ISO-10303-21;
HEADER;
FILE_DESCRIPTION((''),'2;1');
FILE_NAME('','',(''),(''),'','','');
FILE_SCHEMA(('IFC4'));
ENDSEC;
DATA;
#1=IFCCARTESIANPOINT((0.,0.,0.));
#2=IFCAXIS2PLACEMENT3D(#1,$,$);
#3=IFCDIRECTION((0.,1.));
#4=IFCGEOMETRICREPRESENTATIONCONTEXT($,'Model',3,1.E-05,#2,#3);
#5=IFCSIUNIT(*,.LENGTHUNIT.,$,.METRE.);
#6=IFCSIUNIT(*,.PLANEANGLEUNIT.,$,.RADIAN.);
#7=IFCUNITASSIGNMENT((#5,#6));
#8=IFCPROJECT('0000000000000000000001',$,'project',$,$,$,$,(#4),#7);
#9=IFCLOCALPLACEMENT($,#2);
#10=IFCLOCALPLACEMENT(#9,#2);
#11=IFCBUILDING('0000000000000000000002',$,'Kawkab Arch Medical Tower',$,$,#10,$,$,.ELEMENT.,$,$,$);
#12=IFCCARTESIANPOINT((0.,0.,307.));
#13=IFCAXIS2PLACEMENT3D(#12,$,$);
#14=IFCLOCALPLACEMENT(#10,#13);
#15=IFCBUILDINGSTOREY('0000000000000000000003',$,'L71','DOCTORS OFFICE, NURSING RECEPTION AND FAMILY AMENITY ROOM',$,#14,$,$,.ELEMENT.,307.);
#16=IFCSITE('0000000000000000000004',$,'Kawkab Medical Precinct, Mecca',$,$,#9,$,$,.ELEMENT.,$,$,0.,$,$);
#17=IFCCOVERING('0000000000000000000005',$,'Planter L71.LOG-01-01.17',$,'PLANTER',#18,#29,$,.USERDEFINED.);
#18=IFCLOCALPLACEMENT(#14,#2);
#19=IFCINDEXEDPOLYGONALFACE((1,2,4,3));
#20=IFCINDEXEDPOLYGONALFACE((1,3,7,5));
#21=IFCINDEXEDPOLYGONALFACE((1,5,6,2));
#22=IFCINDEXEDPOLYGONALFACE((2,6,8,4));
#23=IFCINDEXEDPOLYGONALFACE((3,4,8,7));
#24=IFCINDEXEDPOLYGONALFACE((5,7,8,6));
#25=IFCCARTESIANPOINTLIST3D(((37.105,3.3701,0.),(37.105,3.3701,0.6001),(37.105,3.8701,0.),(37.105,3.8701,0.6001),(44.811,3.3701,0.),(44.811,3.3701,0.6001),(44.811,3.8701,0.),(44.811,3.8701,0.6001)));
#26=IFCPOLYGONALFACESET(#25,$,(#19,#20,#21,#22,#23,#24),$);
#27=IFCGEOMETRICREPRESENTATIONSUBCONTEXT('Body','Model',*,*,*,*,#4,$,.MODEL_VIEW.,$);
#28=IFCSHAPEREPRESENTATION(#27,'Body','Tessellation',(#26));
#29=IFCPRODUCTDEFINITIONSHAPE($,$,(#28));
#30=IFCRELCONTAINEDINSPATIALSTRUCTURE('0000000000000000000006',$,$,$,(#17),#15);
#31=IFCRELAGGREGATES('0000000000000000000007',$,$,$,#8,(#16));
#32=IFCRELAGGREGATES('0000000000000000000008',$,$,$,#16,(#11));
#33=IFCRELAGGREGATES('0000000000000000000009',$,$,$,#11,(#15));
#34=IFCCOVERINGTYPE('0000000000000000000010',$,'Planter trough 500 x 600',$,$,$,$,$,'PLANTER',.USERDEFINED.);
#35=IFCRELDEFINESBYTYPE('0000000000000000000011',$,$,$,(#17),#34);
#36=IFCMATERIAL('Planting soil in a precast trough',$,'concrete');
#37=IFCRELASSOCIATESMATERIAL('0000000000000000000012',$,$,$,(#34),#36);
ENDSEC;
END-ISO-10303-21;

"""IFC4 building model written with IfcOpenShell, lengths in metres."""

from ifc_helpers import new_model, si_unit, direction, frame, origin, origin_2d, place, context, subcontext, project, spatial, rectangle, extrude, material, material_profile, profile_set, type_object, element, save


model = new_model("IFC4")

# Units and contexts
model_context = context("Model", 3, precision=1e-05, world=origin(), true_north=direction((0.0, 1.0)))
body_context = subcontext(model_context, "Body", "Model", "MODEL_VIEW")
ifc_project = project(units=[si_unit("LENGTHUNIT", "METRE"), si_unit("PLANEANGLEUNIT", "RADIAN")], contexts=[model_context])

# Site, building, storey
site_placement = place(None, origin())
site = spatial("IfcSite", under=ifc_project, at=site_placement, Name="Kawkab Medical Precinct, Mecca", CompositionType="ELEMENT", RefElevation=0.0)
building_placement = place(site_placement, origin())
building = spatial("IfcBuilding", under=site, at=building_placement, Name="Kawkab Arch Medical Tower", CompositionType="ELEMENT")
storey_placement = place(building_placement, frame((0.0, 0.0, 307.0)))
storey = spatial("IfcBuildingStorey", under=building, at=storey_placement, Name="L71", Description="DOCTORS OFFICE, NURSING RECEPTION AND FAMILY AMENITY ROOM", CompositionType="ELEMENT", Elevation=307.0)

# Covering
ifc_material_1 = material(Name="Planting soil in a precast trough", Category="concrete")
ifc_material_profile_1 = material_profile(ifc_material_1, rectangle(XDim=0.5, YDim=0.6001, at=origin_2d()), Name="Trough 500x600")
ifc_profile_set_1 = profile_set([ifc_material_profile_1], Name="Planting soil in a precast trough")
covering_type_1 = type_object("IfcCoveringType", Name="Planter trough 500 x 600", ElementType="PLANTER", PredefinedType="USERDEFINED", material=ifc_profile_set_1)
covering_1_placement = place(storey_placement, frame((37.105, 3.6201, 0.3), z_axis=(1.0, 0.0, 0.0), x_axis=(0.0, 1.0, 0.0)))
element("IfcCovering", 1, at=covering_1_placement, inside=storey, type_object=covering_type_1, Name="Planter L71.LOG-01-01.17", ObjectType="PLANTER", PredefinedType="USERDEFINED", context=body_context, shape_type="SweptSolid", body=[
    extrude(rectangle(XDim=0.5, YDim=0.6001, at=origin_2d()), origin(), (0.0, 0.0, 1.0), 7.7061),
])

save(model, "model.ifc")
